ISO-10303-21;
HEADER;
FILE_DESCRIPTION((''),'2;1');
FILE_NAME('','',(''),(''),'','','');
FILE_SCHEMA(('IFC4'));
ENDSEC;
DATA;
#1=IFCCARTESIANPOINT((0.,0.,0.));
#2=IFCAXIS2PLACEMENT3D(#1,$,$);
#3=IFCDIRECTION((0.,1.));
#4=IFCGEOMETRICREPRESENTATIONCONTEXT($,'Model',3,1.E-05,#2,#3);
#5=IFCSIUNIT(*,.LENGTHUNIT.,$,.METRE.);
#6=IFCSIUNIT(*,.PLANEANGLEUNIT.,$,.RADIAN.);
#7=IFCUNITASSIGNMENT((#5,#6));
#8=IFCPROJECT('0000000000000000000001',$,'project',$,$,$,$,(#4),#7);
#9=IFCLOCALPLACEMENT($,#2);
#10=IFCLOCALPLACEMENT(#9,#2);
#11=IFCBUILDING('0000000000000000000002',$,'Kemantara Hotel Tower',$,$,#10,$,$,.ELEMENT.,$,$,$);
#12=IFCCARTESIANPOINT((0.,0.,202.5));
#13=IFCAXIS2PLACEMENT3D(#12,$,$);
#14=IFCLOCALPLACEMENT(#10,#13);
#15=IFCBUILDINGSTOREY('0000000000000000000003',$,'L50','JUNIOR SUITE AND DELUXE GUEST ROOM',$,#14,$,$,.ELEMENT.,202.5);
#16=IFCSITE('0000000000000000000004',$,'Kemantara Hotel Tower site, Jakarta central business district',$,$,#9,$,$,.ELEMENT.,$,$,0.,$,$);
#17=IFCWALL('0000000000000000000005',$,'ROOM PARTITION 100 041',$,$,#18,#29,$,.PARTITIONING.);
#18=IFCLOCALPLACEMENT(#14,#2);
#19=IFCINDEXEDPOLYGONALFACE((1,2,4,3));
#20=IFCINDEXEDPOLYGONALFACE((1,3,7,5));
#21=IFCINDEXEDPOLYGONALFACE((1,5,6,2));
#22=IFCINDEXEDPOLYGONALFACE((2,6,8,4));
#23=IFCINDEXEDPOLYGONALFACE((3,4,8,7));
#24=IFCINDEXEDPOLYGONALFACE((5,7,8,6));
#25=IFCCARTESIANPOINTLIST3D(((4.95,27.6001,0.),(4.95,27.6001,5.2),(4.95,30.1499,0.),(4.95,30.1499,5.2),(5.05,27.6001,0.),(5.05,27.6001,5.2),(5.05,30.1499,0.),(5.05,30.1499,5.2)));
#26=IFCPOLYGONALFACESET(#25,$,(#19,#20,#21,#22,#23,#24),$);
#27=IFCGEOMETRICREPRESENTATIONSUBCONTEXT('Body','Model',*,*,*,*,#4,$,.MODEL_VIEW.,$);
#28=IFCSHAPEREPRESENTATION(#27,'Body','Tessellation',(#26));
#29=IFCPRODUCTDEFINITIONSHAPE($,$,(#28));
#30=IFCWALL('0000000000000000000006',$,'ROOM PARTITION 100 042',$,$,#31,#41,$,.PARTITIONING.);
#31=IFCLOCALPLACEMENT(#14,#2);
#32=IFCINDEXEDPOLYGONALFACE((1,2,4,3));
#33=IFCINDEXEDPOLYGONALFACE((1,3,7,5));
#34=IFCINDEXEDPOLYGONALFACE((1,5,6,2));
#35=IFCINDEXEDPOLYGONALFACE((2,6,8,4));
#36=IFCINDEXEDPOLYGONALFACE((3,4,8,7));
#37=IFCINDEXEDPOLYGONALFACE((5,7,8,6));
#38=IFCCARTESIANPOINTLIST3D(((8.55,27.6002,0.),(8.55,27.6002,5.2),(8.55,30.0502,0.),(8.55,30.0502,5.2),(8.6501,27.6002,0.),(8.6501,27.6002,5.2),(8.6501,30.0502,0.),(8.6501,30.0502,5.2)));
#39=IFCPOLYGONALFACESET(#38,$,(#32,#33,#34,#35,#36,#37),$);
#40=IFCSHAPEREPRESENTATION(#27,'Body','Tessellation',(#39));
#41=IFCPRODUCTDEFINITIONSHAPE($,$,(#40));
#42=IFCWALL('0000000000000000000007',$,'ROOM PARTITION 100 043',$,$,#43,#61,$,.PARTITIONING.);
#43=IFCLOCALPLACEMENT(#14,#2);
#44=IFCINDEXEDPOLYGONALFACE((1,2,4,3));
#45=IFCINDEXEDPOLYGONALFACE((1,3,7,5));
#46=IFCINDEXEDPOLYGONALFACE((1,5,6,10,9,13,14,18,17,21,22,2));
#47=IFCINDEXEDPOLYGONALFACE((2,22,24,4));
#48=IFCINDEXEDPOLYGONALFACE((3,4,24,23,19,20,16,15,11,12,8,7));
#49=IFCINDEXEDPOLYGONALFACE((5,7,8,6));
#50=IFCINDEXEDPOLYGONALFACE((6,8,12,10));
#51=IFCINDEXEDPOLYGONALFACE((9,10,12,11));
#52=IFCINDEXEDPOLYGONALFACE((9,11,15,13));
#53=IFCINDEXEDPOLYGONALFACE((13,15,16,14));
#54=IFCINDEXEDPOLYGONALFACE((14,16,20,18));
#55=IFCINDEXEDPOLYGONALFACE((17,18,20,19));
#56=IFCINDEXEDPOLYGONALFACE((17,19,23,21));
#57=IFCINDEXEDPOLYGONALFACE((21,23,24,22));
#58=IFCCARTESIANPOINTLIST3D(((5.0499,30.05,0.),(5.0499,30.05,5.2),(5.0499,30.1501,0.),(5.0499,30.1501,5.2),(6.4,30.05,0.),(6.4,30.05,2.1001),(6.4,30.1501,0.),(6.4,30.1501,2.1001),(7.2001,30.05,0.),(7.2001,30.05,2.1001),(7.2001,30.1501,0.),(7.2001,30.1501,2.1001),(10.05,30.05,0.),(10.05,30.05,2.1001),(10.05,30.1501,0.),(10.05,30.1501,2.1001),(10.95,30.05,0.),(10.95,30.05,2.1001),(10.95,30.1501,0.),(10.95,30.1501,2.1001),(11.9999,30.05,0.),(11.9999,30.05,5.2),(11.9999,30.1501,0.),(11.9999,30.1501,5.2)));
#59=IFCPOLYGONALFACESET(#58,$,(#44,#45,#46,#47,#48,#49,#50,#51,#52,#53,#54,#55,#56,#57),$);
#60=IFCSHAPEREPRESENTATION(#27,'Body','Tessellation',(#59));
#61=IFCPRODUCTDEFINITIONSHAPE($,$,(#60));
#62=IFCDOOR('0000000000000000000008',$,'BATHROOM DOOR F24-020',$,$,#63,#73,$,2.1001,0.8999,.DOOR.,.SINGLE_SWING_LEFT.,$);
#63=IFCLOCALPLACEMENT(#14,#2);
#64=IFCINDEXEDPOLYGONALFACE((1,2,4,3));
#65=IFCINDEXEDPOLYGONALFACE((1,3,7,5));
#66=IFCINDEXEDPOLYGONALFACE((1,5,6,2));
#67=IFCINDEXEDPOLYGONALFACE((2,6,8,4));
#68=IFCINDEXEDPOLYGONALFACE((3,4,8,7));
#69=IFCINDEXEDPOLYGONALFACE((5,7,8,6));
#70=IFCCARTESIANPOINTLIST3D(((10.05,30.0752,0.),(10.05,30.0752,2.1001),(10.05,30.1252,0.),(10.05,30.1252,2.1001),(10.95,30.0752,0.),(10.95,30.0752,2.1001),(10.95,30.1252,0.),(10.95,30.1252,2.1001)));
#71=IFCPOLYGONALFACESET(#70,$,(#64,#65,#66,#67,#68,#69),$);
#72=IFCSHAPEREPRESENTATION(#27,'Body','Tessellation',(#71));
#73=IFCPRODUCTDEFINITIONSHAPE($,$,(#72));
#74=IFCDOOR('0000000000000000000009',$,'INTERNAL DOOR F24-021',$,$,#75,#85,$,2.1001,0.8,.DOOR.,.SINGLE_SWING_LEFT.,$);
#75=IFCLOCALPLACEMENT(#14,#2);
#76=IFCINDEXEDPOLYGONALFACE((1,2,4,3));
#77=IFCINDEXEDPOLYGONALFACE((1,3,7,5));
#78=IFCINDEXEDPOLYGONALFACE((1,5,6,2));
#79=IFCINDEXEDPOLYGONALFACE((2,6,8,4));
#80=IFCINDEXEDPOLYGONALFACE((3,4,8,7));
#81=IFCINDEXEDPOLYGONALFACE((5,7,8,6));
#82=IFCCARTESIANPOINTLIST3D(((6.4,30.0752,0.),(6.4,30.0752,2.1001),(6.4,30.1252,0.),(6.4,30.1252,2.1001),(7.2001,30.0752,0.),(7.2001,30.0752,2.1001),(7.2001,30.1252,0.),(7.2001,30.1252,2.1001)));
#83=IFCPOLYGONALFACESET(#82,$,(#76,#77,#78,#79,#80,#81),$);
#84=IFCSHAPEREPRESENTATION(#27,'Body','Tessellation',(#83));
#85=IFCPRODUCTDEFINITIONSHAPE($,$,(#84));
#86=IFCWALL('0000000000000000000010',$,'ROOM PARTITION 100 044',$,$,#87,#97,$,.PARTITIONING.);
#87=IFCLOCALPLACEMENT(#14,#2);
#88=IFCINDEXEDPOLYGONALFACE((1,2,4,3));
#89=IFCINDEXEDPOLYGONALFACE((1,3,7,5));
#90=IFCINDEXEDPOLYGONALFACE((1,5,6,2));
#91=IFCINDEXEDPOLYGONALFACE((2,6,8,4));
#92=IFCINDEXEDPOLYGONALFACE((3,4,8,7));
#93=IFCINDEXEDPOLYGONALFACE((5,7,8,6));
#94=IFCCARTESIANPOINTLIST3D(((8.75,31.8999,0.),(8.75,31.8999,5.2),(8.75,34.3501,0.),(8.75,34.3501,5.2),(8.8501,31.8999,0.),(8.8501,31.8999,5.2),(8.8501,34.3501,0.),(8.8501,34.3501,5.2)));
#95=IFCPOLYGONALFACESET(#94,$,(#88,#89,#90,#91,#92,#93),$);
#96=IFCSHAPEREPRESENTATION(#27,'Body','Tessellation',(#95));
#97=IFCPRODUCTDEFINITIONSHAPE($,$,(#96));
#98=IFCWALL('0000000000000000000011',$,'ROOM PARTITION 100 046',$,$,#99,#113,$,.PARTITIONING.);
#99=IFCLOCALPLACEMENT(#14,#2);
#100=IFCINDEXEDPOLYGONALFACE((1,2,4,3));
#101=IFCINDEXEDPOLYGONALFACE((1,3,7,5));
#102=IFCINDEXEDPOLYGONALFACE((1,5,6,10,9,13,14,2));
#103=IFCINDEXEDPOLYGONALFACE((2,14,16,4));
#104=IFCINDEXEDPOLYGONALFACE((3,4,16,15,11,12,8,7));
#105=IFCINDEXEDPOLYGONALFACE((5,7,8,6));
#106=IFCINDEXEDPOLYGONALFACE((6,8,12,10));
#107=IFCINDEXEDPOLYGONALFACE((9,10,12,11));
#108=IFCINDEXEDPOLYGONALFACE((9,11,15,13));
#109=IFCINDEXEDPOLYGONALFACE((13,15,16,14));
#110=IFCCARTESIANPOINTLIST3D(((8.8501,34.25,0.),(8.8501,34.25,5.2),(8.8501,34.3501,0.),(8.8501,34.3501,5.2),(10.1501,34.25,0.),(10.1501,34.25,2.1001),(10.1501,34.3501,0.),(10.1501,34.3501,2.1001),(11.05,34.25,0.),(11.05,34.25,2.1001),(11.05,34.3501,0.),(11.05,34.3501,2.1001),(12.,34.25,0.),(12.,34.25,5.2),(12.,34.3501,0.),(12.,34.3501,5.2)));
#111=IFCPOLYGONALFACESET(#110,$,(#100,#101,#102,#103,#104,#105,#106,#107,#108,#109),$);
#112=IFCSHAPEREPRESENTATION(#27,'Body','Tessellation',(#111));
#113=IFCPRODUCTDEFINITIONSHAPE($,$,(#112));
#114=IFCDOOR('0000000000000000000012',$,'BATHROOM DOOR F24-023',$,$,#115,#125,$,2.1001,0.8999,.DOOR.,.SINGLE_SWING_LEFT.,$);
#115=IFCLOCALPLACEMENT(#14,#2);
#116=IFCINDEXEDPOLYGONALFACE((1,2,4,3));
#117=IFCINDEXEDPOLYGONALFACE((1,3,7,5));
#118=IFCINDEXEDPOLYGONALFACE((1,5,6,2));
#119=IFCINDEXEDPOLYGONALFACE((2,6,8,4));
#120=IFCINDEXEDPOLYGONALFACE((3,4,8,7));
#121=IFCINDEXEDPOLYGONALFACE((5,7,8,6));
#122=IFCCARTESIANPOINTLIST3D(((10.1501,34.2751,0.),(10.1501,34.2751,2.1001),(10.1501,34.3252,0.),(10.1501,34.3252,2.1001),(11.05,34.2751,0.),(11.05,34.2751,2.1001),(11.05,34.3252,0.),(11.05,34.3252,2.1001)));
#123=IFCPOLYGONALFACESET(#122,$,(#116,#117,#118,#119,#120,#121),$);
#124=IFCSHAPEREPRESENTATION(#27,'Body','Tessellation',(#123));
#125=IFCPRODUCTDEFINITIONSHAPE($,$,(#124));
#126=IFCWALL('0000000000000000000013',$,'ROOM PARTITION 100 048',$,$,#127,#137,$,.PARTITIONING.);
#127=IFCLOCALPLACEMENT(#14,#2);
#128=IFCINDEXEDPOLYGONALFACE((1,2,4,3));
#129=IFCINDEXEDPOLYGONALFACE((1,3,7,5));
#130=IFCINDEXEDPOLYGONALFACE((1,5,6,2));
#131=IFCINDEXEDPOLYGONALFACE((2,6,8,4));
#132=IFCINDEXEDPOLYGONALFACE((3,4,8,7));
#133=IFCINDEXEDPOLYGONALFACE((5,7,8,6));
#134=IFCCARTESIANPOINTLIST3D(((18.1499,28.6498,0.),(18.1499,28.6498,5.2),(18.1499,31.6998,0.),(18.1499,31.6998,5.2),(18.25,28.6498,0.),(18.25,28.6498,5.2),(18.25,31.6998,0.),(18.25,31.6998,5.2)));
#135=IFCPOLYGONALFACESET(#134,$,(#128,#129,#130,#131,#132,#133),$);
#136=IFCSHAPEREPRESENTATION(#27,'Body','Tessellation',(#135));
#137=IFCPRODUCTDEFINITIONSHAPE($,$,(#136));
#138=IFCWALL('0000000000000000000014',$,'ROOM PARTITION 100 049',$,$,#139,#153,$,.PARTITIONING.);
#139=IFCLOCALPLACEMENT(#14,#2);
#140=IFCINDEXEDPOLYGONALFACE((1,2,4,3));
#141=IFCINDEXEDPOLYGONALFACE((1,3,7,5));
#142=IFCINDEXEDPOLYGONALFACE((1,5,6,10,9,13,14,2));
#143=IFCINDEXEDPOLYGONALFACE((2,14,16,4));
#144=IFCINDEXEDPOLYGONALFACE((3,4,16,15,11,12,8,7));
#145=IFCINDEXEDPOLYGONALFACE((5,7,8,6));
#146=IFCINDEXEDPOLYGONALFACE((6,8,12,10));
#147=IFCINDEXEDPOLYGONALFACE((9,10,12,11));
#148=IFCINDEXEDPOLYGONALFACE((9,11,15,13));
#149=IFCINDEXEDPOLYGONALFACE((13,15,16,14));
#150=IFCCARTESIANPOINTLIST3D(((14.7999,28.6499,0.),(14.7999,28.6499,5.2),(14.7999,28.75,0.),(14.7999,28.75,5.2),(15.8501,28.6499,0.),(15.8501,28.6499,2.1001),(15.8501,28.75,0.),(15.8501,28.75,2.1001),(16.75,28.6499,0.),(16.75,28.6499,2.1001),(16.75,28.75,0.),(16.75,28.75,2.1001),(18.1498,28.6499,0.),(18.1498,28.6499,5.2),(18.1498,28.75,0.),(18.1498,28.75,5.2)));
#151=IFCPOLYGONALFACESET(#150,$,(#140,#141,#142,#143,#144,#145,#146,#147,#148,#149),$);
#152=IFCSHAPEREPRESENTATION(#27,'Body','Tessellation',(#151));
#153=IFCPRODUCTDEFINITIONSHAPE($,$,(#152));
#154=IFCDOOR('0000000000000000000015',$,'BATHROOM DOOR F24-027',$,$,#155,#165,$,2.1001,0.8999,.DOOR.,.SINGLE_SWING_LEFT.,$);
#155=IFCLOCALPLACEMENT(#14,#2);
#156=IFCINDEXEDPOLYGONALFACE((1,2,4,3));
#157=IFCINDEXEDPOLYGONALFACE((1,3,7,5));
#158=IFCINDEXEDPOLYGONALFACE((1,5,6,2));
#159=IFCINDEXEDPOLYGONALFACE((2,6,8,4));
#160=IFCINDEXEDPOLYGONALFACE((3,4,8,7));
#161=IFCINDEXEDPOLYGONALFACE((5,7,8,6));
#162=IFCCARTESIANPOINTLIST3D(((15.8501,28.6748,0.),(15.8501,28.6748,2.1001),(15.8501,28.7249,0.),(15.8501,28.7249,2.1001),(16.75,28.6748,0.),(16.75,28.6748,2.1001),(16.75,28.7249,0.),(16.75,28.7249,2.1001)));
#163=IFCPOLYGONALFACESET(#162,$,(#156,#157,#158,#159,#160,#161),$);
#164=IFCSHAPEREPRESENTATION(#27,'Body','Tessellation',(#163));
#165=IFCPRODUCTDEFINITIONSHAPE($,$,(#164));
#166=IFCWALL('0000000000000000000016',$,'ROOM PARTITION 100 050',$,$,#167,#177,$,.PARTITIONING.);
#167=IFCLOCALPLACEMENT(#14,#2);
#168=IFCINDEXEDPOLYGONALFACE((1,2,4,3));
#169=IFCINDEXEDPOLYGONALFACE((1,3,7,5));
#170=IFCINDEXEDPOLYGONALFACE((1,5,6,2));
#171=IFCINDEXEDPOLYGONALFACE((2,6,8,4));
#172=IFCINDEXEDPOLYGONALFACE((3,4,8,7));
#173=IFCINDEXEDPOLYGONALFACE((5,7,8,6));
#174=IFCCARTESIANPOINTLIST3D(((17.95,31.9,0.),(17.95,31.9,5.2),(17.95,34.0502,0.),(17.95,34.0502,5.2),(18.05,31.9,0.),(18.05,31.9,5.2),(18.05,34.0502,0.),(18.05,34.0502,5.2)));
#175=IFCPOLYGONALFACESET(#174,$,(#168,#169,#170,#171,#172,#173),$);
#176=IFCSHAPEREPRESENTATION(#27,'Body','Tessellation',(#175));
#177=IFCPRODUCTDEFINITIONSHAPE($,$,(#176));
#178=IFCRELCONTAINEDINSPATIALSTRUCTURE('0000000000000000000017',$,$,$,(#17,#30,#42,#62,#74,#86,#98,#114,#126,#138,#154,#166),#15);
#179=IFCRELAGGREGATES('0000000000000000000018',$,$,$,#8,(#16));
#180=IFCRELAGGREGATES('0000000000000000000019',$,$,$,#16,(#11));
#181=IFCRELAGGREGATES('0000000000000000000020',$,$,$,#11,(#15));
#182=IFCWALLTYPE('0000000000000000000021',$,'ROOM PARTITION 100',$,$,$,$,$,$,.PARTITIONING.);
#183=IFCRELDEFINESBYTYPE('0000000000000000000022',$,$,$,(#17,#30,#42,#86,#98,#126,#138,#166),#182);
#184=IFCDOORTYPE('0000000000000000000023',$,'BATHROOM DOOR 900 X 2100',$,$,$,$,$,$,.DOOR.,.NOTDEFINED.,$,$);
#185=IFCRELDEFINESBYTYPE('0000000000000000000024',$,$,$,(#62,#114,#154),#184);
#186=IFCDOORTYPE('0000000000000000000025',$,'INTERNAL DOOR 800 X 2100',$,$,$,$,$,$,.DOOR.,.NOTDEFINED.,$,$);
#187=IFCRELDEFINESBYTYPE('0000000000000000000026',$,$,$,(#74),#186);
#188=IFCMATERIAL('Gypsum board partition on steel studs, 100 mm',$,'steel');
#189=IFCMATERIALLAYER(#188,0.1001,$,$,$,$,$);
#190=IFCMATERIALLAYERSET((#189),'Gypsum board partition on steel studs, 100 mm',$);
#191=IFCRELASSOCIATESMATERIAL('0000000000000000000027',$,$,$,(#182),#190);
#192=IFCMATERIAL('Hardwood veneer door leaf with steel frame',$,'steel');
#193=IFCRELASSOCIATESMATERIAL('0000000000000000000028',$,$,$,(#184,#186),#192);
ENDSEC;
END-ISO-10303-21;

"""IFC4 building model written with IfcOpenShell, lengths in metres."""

from ifc_helpers import new_model, si_unit, direction, frame, frame_2d, origin, place, context, subcontext, project, spatial, rectangle, extrude, material, layer, layer_set, type_object, element, fill, save


model = new_model("IFC4")

# Units and contexts
model_context = context("Model", 3, precision=1e-05, world=origin(), true_north=direction((0.0, 1.0)))
body_context = subcontext(model_context, "Body", "Model", "MODEL_VIEW")
ifc_project = project(units=[si_unit("LENGTHUNIT", "METRE"), si_unit("PLANEANGLEUNIT", "RADIAN")], contexts=[model_context])

# Site, building, storey
site_placement = place(None, origin())
site = spatial("IfcSite", under=ifc_project, at=site_placement, Name="Kemantara Hotel Tower site, Jakarta central business district", CompositionType="ELEMENT", RefElevation=0.0)
building_placement = place(site_placement, origin())
building = spatial("IfcBuilding", under=site, at=building_placement, Name="Kemantara Hotel Tower", CompositionType="ELEMENT")
storey_placement = place(building_placement, frame((0.0, 0.0, 202.5)))
storey = spatial("IfcBuildingStorey", under=building, at=storey_placement, Name="L50", Description="JUNIOR SUITE AND DELUXE GUEST ROOM", CompositionType="ELEMENT", Elevation=202.5)

# Shared definitions
ifc_material_1 = material(Name="Hardwood veneer door leaf with steel frame", Category="steel")

# Walls
ifc_material_2 = material(Name="Gypsum board partition on steel studs, 100 mm", Category="steel")
ifc_layer_1 = layer(ifc_material_2, 0.1001)
ifc_layer_set_1 = layer_set([ifc_layer_1], Name="Gypsum board partition on steel studs, 100 mm")
wall_type_1 = type_object("IfcWallType", Name="ROOM PARTITION 100", PredefinedType="PARTITIONING", material=ifc_layer_set_1)
wall_1_placement = place(storey_placement, frame((5.0, 27.6001, 0.0), z_axis=(0.0, 0.0, 1.0), x_axis=(0.0, 1.0, 0.0)))
element("IfcWall", 1, at=wall_1_placement, inside=storey, type_object=wall_type_1, Name="ROOM PARTITION 100 041", PredefinedType="PARTITIONING", context=body_context, shape_type="SweptSolid", body=[
    extrude(rectangle(XDim=2.5498, YDim=0.1001, at=frame_2d((1.2749, 0.0))), origin(), (0.0, 0.0, 1.0), 5.2),
])
wall_2_placement = place(storey_placement, frame((8.6001, 27.6001, 0.0), z_axis=(0.0, 0.0, 1.0), x_axis=(0.0, 1.0, 0.0)))
element("IfcWall", 2, at=wall_2_placement, inside=storey, type_object=wall_type_1, Name="ROOM PARTITION 100 042", PredefinedType="PARTITIONING", context=body_context, shape_type="SweptSolid", body=[
    extrude(rectangle(XDim=2.45, YDim=0.1001, at=frame_2d((1.2251, 0.0))), origin(), (0.0, 0.0, 1.0), 5.2),
])

# Wall, openings, doors
wall_3_placement = place(storey_placement, frame((12.0, 30.1001, 0.0), z_axis=(0.0, 0.0, 1.0), x_axis=(-1.0, 0.0, 0.0)))
wall_3 = element("IfcWall", 3, at=wall_3_placement, inside=storey, type_object=wall_type_1, Name="ROOM PARTITION 100 043", PredefinedType="PARTITIONING", context=body_context, shape_type="SweptSolid", body=[
    extrude(rectangle(XDim=6.95, YDim=0.1001, at=frame_2d((3.4751, 0.0))), origin(), (0.0, 0.0, 1.0), 5.2),
])
opening_1_placement = place(wall_3_placement, frame((1.05, 0.0, 0.0)))
opening_1 = element("IfcOpeningElement", 4, at=opening_1_placement, cuts=wall_3, PredefinedType="OPENING", context=body_context, shape_type="SweptSolid", body=[
    extrude(rectangle(XDim=0.8999, YDim=2.1001, at=frame_2d((0.45, 1.05))), frame((0.0, 0.0601, 0.0), z_axis=(0.0, -1.0, 0.0), x_axis=(1.0, 0.0, 0.0)), (0.0, 0.0, 1.0), 0.1201),
])
opening_2_placement = place(wall_3_placement, frame((4.8, 0.0, 0.0)))
opening_2 = element("IfcOpeningElement", 5, at=opening_2_placement, cuts=wall_3, PredefinedType="OPENING", context=body_context, shape_type="SweptSolid", body=[
    extrude(rectangle(XDim=0.8, YDim=2.1001, at=frame_2d((0.3999, 1.05))), frame((0.0, 0.0601, 0.0), z_axis=(0.0, -1.0, 0.0), x_axis=(1.0, 0.0, 0.0)), (0.0, 0.0, 1.0), 0.1201),
])
door_type_1 = type_object("IfcDoorType", Name="BATHROOM DOOR 900 X 2100", OperationType="NOTDEFINED", PredefinedType="DOOR", material=ifc_material_1)
door_1_placement = place(opening_1_placement, origin())
door_1 = element("IfcDoor", 6, at=door_1_placement, inside=storey, type_object=door_type_1, Name="BATHROOM DOOR F24-020", OperationType="SINGLE_SWING_LEFT", OverallHeight=2.1001, OverallWidth=0.8999, PredefinedType="DOOR", context=body_context, shape_type="SweptSolid", body=[
    extrude(rectangle(XDim=0.8999, YDim=2.1001, at=frame_2d((0.45, 1.05))), frame((0.0, 0.0249, 0.0), z_axis=(0.0, -1.0, 0.0), x_axis=(1.0, 0.0, 0.0)), (0.0, 0.0, 1.0), 0.05),
])
fill(opening_1, door_1)
door_type_2 = type_object("IfcDoorType", Name="INTERNAL DOOR 800 X 2100", OperationType="NOTDEFINED", PredefinedType="DOOR", material=ifc_material_1)
door_2_placement = place(opening_2_placement, origin())
door_2 = element("IfcDoor", 7, at=door_2_placement, inside=storey, type_object=door_type_2, Name="INTERNAL DOOR F24-021", OperationType="SINGLE_SWING_LEFT", OverallHeight=2.1001, OverallWidth=0.8, PredefinedType="DOOR", context=body_context, shape_type="SweptSolid", body=[
    extrude(rectangle(XDim=0.8, YDim=2.1001, at=frame_2d((0.3999, 1.05))), frame((0.0, 0.0249, 0.0), z_axis=(0.0, -1.0, 0.0), x_axis=(1.0, 0.0, 0.0)), (0.0, 0.0, 1.0), 0.05),
])
fill(opening_2, door_2)

# Wall
wall_4_placement = place(storey_placement, frame((8.8, 31.8999, 0.0), z_axis=(0.0, 0.0, 1.0), x_axis=(0.0, 1.0, 0.0)))
element("IfcWall", 8, at=wall_4_placement, inside=storey, type_object=wall_type_1, Name="ROOM PARTITION 100 044", PredefinedType="PARTITIONING", context=body_context, shape_type="SweptSolid", body=[
    extrude(rectangle(XDim=2.4502, YDim=0.1001, at=frame_2d((1.2251, 0.0))), origin(), (0.0, 0.0, 1.0), 5.2),
])

# Wall, opening, door
wall_5_placement = place(storey_placement, frame((12.0, 34.3, 0.0), z_axis=(0.0, 0.0, 1.0), x_axis=(-1.0, 0.0, 0.0)))
wall_5 = element("IfcWall", 9, at=wall_5_placement, inside=storey, type_object=wall_type_1, Name="ROOM PARTITION 100 046", PredefinedType="PARTITIONING", context=body_context, shape_type="SweptSolid", body=[
    extrude(rectangle(XDim=3.1499, YDim=0.1001, at=frame_2d((1.575, 0.0))), origin(), (0.0, 0.0, 1.0), 5.2),
])
opening_3_placement = place(wall_5_placement, frame((0.95, 0.0, 0.0)))
opening_3 = element("IfcOpeningElement", 10, at=opening_3_placement, cuts=wall_5, PredefinedType="OPENING", context=body_context, shape_type="SweptSolid", body=[
    extrude(rectangle(XDim=0.8999, YDim=2.1001, at=frame_2d((0.45, 1.05))), frame((0.0, 0.0601, 0.0), z_axis=(0.0, -1.0, 0.0), x_axis=(1.0, 0.0, 0.0)), (0.0, 0.0, 1.0), 0.1201),
])
door_3_placement = place(opening_3_placement, origin())
door_3 = element("IfcDoor", 11, at=door_3_placement, inside=storey, type_object=door_type_1, Name="BATHROOM DOOR F24-023", OperationType="SINGLE_SWING_LEFT", OverallHeight=2.1001, OverallWidth=0.8999, PredefinedType="DOOR", context=body_context, shape_type="SweptSolid", body=[
    extrude(rectangle(XDim=0.8999, YDim=2.1001, at=frame_2d((0.45, 1.05))), frame((0.0, 0.0249, 0.0), z_axis=(0.0, -1.0, 0.0), x_axis=(1.0, 0.0, 0.0)), (0.0, 0.0, 1.0), 0.05),
])
fill(opening_3, door_3)

# Wall
wall_6_placement = place(storey_placement, frame((18.2, 28.6499, 0.0), z_axis=(0.0, 0.0, 1.0), x_axis=(0.0, 1.0, 0.0)))
element("IfcWall", 12, at=wall_6_placement, inside=storey, type_object=wall_type_1, Name="ROOM PARTITION 100 048", PredefinedType="PARTITIONING", context=body_context, shape_type="SweptSolid", body=[
    extrude(rectangle(XDim=3.05, YDim=0.1001, at=frame_2d((1.5249, 0.0))), origin(), (0.0, 0.0, 1.0), 5.2),
])

# Wall, opening, door
wall_7_placement = place(storey_placement, frame((14.8, 28.7, 0.0), z_axis=(0.0, 0.0, 1.0), x_axis=(1.0, 0.0, 0.0)))
wall_7 = element("IfcWall", 13, at=wall_7_placement, inside=storey, type_object=wall_type_1, Name="ROOM PARTITION 100 049", PredefinedType="PARTITIONING", context=body_context, shape_type="SweptSolid", body=[
    extrude(rectangle(XDim=3.3499, YDim=0.1001, at=frame_2d((1.6748, 0.0))), origin(), (0.0, 0.0, 1.0), 5.2),
])
opening_4_placement = place(wall_7_placement, frame((1.05, 0.0, 0.0)))
opening_4 = element("IfcOpeningElement", 14, at=opening_4_placement, cuts=wall_7, PredefinedType="OPENING", context=body_context, shape_type="SweptSolid", body=[
    extrude(rectangle(XDim=0.8999, YDim=2.1001, at=frame_2d((0.45, 1.05))), frame((0.0, 0.0601, 0.0), z_axis=(0.0, -1.0, 0.0), x_axis=(1.0, 0.0, 0.0)), (0.0, 0.0, 1.0), 0.1201),
])
door_4_placement = place(opening_4_placement, origin())
door_4 = element("IfcDoor", 15, at=door_4_placement, inside=storey, type_object=door_type_1, Name="BATHROOM DOOR F24-027", OperationType="SINGLE_SWING_LEFT", OverallHeight=2.1001, OverallWidth=0.8999, PredefinedType="DOOR", context=body_context, shape_type="SweptSolid", body=[
    extrude(rectangle(XDim=0.8999, YDim=2.1001, at=frame_2d((0.45, 1.05))), frame((0.0, 0.0249, 0.0), z_axis=(0.0, -1.0, 0.0), x_axis=(1.0, 0.0, 0.0)), (0.0, 0.0, 1.0), 0.05),
])
fill(opening_4, door_4)

# Wall
wall_8_placement = place(storey_placement, frame((18.0, 31.8999, 0.0), z_axis=(0.0, 0.0, 1.0), x_axis=(0.0, 1.0, 0.0)))
element("IfcWall", 16, at=wall_8_placement, inside=storey, type_object=wall_type_1, Name="ROOM PARTITION 100 050", PredefinedType="PARTITIONING", context=body_context, shape_type="SweptSolid", body=[
    extrude(rectangle(XDim=2.1501, YDim=0.1001, at=frame_2d((1.0752, 0.0))), origin(), (0.0, 0.0, 1.0), 5.2),
])

save(model, "model.ifc")
